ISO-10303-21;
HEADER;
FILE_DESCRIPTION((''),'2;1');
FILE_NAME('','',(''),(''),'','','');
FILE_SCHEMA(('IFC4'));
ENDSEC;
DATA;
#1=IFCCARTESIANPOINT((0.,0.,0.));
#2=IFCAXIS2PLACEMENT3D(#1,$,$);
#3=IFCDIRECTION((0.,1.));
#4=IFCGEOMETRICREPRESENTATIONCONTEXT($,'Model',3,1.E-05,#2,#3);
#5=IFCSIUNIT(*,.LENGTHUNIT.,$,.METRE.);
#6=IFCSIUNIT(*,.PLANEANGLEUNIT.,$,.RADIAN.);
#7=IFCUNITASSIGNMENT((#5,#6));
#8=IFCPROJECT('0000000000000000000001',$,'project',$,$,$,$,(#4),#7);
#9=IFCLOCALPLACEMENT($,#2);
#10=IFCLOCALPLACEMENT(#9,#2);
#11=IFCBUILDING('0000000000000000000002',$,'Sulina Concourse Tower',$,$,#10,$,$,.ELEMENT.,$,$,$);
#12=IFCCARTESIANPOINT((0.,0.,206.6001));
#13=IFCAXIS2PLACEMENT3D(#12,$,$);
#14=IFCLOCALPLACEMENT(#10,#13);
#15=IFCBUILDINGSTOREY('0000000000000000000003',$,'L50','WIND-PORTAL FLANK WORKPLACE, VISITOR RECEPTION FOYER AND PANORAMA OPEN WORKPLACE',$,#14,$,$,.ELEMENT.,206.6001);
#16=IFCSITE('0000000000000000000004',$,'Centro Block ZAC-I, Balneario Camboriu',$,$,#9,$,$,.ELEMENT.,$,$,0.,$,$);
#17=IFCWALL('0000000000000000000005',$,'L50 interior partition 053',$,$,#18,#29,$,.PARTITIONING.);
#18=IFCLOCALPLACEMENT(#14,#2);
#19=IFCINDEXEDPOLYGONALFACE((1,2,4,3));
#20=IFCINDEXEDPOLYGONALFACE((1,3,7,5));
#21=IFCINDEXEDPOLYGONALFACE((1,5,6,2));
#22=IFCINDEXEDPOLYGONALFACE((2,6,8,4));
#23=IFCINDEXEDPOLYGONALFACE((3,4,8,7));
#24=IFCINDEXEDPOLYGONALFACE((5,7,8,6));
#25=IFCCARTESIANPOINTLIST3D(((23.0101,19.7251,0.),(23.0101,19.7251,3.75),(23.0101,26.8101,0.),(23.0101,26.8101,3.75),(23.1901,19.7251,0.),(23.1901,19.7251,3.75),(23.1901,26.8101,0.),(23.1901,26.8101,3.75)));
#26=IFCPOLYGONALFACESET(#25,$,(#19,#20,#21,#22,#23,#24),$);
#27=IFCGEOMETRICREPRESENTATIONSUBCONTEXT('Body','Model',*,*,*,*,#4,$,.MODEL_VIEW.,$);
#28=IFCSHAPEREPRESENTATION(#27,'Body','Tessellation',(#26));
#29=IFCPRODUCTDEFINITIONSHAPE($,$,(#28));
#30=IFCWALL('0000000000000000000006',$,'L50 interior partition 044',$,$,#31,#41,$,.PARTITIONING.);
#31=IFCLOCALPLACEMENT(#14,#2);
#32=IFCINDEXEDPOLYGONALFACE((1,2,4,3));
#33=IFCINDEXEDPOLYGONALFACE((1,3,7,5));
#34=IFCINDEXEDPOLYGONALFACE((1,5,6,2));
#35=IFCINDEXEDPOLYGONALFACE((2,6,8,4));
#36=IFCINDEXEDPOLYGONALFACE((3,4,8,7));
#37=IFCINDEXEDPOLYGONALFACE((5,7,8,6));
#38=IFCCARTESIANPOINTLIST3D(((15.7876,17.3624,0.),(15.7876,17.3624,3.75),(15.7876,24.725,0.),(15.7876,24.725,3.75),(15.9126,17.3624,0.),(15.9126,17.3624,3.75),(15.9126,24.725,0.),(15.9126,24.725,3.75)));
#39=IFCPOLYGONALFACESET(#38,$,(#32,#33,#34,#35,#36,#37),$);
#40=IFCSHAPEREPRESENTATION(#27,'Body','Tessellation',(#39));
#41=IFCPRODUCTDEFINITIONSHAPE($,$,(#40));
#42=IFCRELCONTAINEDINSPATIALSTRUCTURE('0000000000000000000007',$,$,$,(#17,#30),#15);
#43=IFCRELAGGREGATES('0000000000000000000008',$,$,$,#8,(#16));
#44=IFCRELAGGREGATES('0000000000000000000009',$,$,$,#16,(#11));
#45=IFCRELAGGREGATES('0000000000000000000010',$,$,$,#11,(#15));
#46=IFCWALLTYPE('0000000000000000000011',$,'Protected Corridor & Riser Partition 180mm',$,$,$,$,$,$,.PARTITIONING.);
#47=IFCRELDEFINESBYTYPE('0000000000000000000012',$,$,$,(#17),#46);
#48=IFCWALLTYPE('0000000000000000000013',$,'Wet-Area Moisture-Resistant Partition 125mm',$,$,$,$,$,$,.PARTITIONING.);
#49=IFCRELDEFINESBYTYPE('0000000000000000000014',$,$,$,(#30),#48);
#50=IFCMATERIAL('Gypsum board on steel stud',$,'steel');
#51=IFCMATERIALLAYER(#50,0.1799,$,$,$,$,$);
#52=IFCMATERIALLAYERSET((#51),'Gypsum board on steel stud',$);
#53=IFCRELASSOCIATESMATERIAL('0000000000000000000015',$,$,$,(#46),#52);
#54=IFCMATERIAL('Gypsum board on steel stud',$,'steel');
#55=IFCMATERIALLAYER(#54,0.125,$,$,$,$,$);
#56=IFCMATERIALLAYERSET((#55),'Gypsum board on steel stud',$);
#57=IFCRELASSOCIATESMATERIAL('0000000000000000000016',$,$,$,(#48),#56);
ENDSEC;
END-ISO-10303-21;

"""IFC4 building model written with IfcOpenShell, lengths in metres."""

from ifc_helpers import new_model, si_unit, direction, frame, frame_2d, origin, place, context, subcontext, project, spatial, rectangle, extrude, material, layer, layer_set, type_object, element, save


model = new_model("IFC4")

# Units and contexts
model_context = context("Model", 3, precision=1e-05, world=origin(), true_north=direction((0.0, 1.0)))
body_context = subcontext(model_context, "Body", "Model", "MODEL_VIEW")
ifc_project = project(units=[si_unit("LENGTHUNIT", "METRE"), si_unit("PLANEANGLEUNIT", "RADIAN")], contexts=[model_context])

# Site, building, storey
site_placement = place(None, origin())
site = spatial("IfcSite", under=ifc_project, at=site_placement, Name="Centro Block ZAC-I, Balneario Camboriu", CompositionType="ELEMENT", RefElevation=0.0)
building_placement = place(site_placement, origin())
building = spatial("IfcBuilding", under=site, at=building_placement, Name="Sulina Concourse Tower", CompositionType="ELEMENT")
storey_placement = place(building_placement, frame((0.0, 0.0, 206.6001)))
storey = spatial("IfcBuildingStorey", under=building, at=storey_placement, Name="L50", Description="WIND-PORTAL FLANK WORKPLACE, VISITOR RECEPTION FOYER AND PANORAMA OPEN WORKPLACE", CompositionType="ELEMENT", Elevation=206.6001)

# Shared definitions
ifc_material_1 = material(Name="Gypsum board on steel stud", Category="steel")
ifc_layer_1 = layer(ifc_material_1, 0.1799)
ifc_layer_set_1 = layer_set([ifc_layer_1], Name="Gypsum board on steel stud")
wall_type_1 = type_object("IfcWallType", Name="Protected Corridor & Riser Partition 180mm", PredefinedType="PARTITIONING", material=ifc_layer_set_1)

# Walls
wall_1_placement = place(storey_placement, frame((23.1001, 19.7251, 0.0), z_axis=(0.0, 0.0, 1.0), x_axis=(0.0, 1.0, 0.0)))
element("IfcWall", 1, at=wall_1_placement, inside=storey, type_object=wall_type_1, Name="L50 interior partition 053", PredefinedType="PARTITIONING", context=body_context, shape_type="SweptSolid", body=[
    extrude(rectangle(XDim=7.085, YDim=0.1799, at=frame_2d((3.5425, 0.0))), origin(), (0.0, 0.0, 1.0), 3.75),
])
ifc_material_2 = material(Name="Gypsum board on steel stud", Category="steel")
ifc_layer_2 = layer(ifc_material_2, 0.125)
ifc_layer_set_2 = layer_set([ifc_layer_2], Name="Gypsum board on steel stud")
wall_type_2 = type_object("IfcWallType", Name="Wet-Area Moisture-Resistant Partition 125mm", PredefinedType="PARTITIONING", material=ifc_layer_set_2)
wall_2_placement = place(storey_placement, frame((15.8501, 17.3625, 0.0), z_axis=(0.0, 0.0, 1.0), x_axis=(0.0, 1.0, 0.0)))
element("IfcWall", 2, at=wall_2_placement, inside=storey, type_object=wall_type_2, Name="L50 interior partition 044", PredefinedType="PARTITIONING", context=body_context, shape_type="SweptSolid", body=[
    extrude(rectangle(XDim=7.3625, YDim=0.125, at=frame_2d((3.6812, 0.0))), origin(), (0.0, 0.0, 1.0), 3.75),
])

save(model, "model.ifc")
